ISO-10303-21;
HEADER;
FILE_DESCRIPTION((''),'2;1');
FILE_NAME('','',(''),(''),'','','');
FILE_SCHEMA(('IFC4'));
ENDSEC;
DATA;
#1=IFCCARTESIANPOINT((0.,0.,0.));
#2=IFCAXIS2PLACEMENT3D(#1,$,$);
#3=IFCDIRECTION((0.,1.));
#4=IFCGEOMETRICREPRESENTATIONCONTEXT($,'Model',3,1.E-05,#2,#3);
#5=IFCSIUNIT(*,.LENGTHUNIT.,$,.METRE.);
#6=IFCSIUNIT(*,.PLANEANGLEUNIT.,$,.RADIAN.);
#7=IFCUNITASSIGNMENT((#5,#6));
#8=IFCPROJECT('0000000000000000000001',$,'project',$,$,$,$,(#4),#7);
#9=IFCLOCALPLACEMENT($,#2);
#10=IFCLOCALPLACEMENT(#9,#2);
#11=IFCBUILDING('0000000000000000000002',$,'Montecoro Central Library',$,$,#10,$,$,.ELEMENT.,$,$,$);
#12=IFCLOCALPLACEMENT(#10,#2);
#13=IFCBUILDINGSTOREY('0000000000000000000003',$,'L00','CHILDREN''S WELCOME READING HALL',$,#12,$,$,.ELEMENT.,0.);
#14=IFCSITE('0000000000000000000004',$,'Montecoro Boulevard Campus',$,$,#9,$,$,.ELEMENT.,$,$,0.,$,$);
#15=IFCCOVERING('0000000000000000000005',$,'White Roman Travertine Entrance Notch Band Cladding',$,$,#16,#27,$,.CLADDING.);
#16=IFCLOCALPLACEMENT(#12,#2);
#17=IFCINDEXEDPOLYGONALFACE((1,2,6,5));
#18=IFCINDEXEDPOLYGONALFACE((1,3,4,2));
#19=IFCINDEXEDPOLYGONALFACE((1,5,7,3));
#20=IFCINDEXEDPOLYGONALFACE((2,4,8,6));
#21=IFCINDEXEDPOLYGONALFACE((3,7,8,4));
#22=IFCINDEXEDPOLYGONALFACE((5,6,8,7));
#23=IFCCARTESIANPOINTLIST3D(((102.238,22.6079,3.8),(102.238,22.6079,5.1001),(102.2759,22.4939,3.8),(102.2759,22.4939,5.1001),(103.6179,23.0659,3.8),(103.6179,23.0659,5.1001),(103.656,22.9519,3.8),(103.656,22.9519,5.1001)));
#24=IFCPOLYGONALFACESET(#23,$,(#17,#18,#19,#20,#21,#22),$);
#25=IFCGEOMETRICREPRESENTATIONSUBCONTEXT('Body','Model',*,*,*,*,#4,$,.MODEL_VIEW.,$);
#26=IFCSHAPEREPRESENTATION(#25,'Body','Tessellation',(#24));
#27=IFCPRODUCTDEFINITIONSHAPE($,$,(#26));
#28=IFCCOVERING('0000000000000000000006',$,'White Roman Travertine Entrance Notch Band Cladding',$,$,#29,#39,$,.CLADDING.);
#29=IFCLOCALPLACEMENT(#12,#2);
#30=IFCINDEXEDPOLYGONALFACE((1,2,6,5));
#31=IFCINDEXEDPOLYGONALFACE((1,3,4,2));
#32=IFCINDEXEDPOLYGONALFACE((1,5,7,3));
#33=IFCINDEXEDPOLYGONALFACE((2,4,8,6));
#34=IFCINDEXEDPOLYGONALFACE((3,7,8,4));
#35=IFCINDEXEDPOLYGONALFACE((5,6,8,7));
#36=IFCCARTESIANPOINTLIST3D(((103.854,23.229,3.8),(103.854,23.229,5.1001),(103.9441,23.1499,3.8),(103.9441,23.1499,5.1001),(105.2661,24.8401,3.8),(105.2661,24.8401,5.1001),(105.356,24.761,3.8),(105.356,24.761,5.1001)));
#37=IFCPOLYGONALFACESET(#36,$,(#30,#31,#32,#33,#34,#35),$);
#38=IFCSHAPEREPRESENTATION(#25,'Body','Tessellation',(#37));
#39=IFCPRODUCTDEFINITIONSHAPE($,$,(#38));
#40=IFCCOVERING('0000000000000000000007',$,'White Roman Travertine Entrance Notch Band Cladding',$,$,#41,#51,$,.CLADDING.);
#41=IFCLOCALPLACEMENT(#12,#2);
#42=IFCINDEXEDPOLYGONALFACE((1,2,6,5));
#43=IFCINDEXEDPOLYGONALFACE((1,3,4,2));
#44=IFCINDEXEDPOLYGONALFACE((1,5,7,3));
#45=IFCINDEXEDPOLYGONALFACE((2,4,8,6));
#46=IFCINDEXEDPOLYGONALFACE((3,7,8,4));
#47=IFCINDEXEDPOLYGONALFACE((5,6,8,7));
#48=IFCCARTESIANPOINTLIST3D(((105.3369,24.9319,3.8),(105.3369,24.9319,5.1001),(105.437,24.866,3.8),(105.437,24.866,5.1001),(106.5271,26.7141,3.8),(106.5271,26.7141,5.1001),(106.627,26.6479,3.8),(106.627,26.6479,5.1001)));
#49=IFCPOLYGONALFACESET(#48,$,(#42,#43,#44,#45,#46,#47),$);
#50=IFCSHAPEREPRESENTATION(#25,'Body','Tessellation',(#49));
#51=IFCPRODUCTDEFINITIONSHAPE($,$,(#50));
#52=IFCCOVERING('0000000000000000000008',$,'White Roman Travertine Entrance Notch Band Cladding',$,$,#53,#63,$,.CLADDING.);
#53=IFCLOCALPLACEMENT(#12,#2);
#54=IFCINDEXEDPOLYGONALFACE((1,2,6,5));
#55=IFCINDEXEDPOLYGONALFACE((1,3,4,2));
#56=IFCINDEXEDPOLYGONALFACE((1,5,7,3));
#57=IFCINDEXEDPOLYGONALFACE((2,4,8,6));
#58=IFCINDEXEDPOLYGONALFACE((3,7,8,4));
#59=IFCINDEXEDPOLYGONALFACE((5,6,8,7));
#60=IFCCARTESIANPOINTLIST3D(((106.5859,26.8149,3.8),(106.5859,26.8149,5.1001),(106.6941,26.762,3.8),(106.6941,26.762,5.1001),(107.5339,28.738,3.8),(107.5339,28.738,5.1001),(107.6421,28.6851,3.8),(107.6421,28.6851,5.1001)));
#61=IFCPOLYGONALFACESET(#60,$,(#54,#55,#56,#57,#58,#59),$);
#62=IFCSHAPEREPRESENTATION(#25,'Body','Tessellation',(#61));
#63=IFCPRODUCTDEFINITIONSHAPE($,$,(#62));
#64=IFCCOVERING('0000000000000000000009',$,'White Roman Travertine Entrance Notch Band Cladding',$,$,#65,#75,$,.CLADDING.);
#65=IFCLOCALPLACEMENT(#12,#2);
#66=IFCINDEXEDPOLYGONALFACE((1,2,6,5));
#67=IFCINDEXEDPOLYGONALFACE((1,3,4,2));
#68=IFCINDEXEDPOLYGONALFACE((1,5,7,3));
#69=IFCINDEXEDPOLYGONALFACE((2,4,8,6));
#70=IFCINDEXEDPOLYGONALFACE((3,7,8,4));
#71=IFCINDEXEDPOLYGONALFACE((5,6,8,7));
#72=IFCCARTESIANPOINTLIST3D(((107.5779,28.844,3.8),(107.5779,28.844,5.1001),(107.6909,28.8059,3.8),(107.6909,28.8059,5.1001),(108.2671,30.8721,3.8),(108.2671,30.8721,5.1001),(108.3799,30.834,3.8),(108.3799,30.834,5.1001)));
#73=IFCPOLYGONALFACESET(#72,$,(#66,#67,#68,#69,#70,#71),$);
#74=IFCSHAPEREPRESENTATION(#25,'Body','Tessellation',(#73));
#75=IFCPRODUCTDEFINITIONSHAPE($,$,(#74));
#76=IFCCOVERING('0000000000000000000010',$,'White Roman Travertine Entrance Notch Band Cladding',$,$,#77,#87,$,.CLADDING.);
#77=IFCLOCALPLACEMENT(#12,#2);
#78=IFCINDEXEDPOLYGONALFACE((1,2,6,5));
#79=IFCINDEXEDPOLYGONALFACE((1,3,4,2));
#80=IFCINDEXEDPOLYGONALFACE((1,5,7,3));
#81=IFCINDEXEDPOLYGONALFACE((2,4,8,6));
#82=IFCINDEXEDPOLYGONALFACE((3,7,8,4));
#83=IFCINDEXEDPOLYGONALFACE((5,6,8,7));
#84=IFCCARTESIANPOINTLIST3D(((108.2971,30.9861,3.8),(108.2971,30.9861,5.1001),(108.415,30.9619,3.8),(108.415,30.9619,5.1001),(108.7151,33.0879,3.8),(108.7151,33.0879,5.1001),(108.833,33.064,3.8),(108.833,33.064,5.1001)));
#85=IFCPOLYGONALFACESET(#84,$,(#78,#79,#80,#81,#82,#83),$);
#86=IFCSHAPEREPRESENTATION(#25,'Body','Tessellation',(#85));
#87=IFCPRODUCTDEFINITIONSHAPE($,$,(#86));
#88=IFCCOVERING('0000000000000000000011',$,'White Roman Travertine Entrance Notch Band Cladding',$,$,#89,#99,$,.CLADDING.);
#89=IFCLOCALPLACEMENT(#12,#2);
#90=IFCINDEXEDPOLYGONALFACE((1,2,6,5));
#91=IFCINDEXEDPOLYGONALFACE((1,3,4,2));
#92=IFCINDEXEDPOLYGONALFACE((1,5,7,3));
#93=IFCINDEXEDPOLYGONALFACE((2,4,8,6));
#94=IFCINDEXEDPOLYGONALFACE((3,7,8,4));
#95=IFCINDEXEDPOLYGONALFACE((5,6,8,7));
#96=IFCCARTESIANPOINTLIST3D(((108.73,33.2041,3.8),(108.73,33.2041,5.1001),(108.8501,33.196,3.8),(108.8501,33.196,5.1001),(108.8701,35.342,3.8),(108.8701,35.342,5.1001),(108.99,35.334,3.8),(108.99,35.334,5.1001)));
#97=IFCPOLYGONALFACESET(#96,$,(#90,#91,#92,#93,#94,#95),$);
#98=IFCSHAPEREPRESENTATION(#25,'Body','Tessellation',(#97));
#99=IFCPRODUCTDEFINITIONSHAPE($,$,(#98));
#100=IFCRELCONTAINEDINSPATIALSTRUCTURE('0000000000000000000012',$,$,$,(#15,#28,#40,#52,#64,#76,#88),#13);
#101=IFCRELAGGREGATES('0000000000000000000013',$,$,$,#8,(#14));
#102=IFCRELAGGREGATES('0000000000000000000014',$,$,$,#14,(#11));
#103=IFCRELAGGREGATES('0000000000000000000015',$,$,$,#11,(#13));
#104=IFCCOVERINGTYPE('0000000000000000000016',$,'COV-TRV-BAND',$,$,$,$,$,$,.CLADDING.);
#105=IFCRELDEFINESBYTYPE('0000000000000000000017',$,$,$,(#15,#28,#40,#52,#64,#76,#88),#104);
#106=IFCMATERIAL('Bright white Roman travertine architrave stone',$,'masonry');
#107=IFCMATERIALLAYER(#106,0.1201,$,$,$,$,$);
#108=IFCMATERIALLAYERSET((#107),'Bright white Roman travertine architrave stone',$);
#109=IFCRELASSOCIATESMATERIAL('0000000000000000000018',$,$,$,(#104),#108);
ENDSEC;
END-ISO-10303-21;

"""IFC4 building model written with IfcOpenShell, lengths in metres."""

from ifc_helpers import new_model, si_unit, direction, frame, origin, place, context, subcontext, project, spatial, polyline, outline, extrude, material, layer, layer_set, type_object, element, save


model = new_model("IFC4")

# Units and contexts
model_context = context("Model", 3, precision=1e-05, world=origin(), true_north=direction((0.0, 1.0)))
body_context = subcontext(model_context, "Body", "Model", "MODEL_VIEW")
ifc_project = project(units=[si_unit("LENGTHUNIT", "METRE"), si_unit("PLANEANGLEUNIT", "RADIAN")], contexts=[model_context])

# Site, building, storey
site_placement = place(None, origin())
site = spatial("IfcSite", under=ifc_project, at=site_placement, Name="Montecoro Boulevard Campus", CompositionType="ELEMENT", RefElevation=0.0)
building_placement = place(site_placement, origin())
building = spatial("IfcBuilding", under=site, at=building_placement, Name="Montecoro Central Library", CompositionType="ELEMENT")
storey_placement = place(building_placement, origin())
storey = spatial("IfcBuildingStorey", under=building, at=storey_placement, Name="L00", Description="CHILDREN'S WELCOME READING HALL", CompositionType="ELEMENT", Elevation=0.0)

# Coverings
ifc_material = material(Name="Bright white Roman travertine architrave stone", Category="masonry")
ifc_layer = layer(ifc_material, 0.1201)
ifc_layer_set = layer_set([ifc_layer], Name="Bright white Roman travertine architrave stone")
covering_type = type_object("IfcCoveringType", Name="COV-TRV-BAND", PredefinedType="CLADDING", material=ifc_layer_set)
covering_1_placement = place(storey_placement, frame((0.0, 0.0, 3.8)))
element("IfcCovering", 1, at=covering_1_placement, inside=storey, type_object=covering_type, Name="White Roman Travertine Entrance Notch Band Cladding", PredefinedType="CLADDING", context=body_context, shape_type="SweptSolid", body=[
    extrude(outline(polyline([(102.2759, 22.4939), (103.656, 22.9519), (103.6179, 23.0659), (102.238, 22.6079), (102.2759, 22.4939)])), origin(), (0.0, 0.0, 1.0), 1.3),
])
covering_2_placement = place(storey_placement, frame((0.0, 0.0, 3.8)))
element("IfcCovering", 2, at=covering_2_placement, inside=storey, type_object=covering_type, Name="White Roman Travertine Entrance Notch Band Cladding", PredefinedType="CLADDING", context=body_context, shape_type="SweptSolid", body=[
    extrude(outline(polyline([(103.9441, 23.1499), (105.356, 24.761), (105.2661, 24.8401), (103.854, 23.229), (103.9441, 23.1499)])), origin(), (0.0, 0.0, 1.0), 1.3),
])
covering_3_placement = place(storey_placement, frame((0.0, 0.0, 3.8)))
element("IfcCovering", 3, at=covering_3_placement, inside=storey, type_object=covering_type, Name="White Roman Travertine Entrance Notch Band Cladding", PredefinedType="CLADDING", context=body_context, shape_type="SweptSolid", body=[
    extrude(outline(polyline([(105.437, 24.866), (106.627, 26.6479), (106.5271, 26.7141), (105.3369, 24.9319), (105.437, 24.866)])), origin(), (0.0, 0.0, 1.0), 1.3),
])
covering_4_placement = place(storey_placement, frame((0.0, 0.0, 3.8)))
element("IfcCovering", 4, at=covering_4_placement, inside=storey, type_object=covering_type, Name="White Roman Travertine Entrance Notch Band Cladding", PredefinedType="CLADDING", context=body_context, shape_type="SweptSolid", body=[
    extrude(outline(polyline([(106.6941, 26.762), (107.6421, 28.6851), (107.5339, 28.738), (106.5859, 26.8149), (106.6941, 26.762)])), origin(), (0.0, 0.0, 1.0), 1.3),
])
covering_5_placement = place(storey_placement, frame((0.0, 0.0, 3.8)))
element("IfcCovering", 5, at=covering_5_placement, inside=storey, type_object=covering_type, Name="White Roman Travertine Entrance Notch Band Cladding", PredefinedType="CLADDING", context=body_context, shape_type="SweptSolid", body=[
    extrude(outline(polyline([(107.6909, 28.8059), (108.3799, 30.834), (108.2671, 30.8721), (107.5779, 28.844), (107.6909, 28.8059)])), origin(), (0.0, 0.0, 1.0), 1.3),
])
covering_6_placement = place(storey_placement, frame((0.0, 0.0, 3.8)))
element("IfcCovering", 6, at=covering_6_placement, inside=storey, type_object=covering_type, Name="White Roman Travertine Entrance Notch Band Cladding", PredefinedType="CLADDING", context=body_context, shape_type="SweptSolid", body=[
    extrude(outline(polyline([(108.415, 30.9619), (108.833, 33.064), (108.7151, 33.0879), (108.2971, 30.9861), (108.415, 30.9619)])), origin(), (0.0, 0.0, 1.0), 1.3),
])
covering_7_placement = place(storey_placement, frame((0.0, 0.0, 3.8)))
element("IfcCovering", 7, at=covering_7_placement, inside=storey, type_object=covering_type, Name="White Roman Travertine Entrance Notch Band Cladding", PredefinedType="CLADDING", context=body_context, shape_type="SweptSolid", body=[
    extrude(outline(polyline([(108.8501, 33.196), (108.99, 35.334), (108.8701, 35.342), (108.73, 33.2041), (108.8501, 33.196)])), origin(), (0.0, 0.0, 1.0), 1.3),
])

save(model, "model.ifc")
